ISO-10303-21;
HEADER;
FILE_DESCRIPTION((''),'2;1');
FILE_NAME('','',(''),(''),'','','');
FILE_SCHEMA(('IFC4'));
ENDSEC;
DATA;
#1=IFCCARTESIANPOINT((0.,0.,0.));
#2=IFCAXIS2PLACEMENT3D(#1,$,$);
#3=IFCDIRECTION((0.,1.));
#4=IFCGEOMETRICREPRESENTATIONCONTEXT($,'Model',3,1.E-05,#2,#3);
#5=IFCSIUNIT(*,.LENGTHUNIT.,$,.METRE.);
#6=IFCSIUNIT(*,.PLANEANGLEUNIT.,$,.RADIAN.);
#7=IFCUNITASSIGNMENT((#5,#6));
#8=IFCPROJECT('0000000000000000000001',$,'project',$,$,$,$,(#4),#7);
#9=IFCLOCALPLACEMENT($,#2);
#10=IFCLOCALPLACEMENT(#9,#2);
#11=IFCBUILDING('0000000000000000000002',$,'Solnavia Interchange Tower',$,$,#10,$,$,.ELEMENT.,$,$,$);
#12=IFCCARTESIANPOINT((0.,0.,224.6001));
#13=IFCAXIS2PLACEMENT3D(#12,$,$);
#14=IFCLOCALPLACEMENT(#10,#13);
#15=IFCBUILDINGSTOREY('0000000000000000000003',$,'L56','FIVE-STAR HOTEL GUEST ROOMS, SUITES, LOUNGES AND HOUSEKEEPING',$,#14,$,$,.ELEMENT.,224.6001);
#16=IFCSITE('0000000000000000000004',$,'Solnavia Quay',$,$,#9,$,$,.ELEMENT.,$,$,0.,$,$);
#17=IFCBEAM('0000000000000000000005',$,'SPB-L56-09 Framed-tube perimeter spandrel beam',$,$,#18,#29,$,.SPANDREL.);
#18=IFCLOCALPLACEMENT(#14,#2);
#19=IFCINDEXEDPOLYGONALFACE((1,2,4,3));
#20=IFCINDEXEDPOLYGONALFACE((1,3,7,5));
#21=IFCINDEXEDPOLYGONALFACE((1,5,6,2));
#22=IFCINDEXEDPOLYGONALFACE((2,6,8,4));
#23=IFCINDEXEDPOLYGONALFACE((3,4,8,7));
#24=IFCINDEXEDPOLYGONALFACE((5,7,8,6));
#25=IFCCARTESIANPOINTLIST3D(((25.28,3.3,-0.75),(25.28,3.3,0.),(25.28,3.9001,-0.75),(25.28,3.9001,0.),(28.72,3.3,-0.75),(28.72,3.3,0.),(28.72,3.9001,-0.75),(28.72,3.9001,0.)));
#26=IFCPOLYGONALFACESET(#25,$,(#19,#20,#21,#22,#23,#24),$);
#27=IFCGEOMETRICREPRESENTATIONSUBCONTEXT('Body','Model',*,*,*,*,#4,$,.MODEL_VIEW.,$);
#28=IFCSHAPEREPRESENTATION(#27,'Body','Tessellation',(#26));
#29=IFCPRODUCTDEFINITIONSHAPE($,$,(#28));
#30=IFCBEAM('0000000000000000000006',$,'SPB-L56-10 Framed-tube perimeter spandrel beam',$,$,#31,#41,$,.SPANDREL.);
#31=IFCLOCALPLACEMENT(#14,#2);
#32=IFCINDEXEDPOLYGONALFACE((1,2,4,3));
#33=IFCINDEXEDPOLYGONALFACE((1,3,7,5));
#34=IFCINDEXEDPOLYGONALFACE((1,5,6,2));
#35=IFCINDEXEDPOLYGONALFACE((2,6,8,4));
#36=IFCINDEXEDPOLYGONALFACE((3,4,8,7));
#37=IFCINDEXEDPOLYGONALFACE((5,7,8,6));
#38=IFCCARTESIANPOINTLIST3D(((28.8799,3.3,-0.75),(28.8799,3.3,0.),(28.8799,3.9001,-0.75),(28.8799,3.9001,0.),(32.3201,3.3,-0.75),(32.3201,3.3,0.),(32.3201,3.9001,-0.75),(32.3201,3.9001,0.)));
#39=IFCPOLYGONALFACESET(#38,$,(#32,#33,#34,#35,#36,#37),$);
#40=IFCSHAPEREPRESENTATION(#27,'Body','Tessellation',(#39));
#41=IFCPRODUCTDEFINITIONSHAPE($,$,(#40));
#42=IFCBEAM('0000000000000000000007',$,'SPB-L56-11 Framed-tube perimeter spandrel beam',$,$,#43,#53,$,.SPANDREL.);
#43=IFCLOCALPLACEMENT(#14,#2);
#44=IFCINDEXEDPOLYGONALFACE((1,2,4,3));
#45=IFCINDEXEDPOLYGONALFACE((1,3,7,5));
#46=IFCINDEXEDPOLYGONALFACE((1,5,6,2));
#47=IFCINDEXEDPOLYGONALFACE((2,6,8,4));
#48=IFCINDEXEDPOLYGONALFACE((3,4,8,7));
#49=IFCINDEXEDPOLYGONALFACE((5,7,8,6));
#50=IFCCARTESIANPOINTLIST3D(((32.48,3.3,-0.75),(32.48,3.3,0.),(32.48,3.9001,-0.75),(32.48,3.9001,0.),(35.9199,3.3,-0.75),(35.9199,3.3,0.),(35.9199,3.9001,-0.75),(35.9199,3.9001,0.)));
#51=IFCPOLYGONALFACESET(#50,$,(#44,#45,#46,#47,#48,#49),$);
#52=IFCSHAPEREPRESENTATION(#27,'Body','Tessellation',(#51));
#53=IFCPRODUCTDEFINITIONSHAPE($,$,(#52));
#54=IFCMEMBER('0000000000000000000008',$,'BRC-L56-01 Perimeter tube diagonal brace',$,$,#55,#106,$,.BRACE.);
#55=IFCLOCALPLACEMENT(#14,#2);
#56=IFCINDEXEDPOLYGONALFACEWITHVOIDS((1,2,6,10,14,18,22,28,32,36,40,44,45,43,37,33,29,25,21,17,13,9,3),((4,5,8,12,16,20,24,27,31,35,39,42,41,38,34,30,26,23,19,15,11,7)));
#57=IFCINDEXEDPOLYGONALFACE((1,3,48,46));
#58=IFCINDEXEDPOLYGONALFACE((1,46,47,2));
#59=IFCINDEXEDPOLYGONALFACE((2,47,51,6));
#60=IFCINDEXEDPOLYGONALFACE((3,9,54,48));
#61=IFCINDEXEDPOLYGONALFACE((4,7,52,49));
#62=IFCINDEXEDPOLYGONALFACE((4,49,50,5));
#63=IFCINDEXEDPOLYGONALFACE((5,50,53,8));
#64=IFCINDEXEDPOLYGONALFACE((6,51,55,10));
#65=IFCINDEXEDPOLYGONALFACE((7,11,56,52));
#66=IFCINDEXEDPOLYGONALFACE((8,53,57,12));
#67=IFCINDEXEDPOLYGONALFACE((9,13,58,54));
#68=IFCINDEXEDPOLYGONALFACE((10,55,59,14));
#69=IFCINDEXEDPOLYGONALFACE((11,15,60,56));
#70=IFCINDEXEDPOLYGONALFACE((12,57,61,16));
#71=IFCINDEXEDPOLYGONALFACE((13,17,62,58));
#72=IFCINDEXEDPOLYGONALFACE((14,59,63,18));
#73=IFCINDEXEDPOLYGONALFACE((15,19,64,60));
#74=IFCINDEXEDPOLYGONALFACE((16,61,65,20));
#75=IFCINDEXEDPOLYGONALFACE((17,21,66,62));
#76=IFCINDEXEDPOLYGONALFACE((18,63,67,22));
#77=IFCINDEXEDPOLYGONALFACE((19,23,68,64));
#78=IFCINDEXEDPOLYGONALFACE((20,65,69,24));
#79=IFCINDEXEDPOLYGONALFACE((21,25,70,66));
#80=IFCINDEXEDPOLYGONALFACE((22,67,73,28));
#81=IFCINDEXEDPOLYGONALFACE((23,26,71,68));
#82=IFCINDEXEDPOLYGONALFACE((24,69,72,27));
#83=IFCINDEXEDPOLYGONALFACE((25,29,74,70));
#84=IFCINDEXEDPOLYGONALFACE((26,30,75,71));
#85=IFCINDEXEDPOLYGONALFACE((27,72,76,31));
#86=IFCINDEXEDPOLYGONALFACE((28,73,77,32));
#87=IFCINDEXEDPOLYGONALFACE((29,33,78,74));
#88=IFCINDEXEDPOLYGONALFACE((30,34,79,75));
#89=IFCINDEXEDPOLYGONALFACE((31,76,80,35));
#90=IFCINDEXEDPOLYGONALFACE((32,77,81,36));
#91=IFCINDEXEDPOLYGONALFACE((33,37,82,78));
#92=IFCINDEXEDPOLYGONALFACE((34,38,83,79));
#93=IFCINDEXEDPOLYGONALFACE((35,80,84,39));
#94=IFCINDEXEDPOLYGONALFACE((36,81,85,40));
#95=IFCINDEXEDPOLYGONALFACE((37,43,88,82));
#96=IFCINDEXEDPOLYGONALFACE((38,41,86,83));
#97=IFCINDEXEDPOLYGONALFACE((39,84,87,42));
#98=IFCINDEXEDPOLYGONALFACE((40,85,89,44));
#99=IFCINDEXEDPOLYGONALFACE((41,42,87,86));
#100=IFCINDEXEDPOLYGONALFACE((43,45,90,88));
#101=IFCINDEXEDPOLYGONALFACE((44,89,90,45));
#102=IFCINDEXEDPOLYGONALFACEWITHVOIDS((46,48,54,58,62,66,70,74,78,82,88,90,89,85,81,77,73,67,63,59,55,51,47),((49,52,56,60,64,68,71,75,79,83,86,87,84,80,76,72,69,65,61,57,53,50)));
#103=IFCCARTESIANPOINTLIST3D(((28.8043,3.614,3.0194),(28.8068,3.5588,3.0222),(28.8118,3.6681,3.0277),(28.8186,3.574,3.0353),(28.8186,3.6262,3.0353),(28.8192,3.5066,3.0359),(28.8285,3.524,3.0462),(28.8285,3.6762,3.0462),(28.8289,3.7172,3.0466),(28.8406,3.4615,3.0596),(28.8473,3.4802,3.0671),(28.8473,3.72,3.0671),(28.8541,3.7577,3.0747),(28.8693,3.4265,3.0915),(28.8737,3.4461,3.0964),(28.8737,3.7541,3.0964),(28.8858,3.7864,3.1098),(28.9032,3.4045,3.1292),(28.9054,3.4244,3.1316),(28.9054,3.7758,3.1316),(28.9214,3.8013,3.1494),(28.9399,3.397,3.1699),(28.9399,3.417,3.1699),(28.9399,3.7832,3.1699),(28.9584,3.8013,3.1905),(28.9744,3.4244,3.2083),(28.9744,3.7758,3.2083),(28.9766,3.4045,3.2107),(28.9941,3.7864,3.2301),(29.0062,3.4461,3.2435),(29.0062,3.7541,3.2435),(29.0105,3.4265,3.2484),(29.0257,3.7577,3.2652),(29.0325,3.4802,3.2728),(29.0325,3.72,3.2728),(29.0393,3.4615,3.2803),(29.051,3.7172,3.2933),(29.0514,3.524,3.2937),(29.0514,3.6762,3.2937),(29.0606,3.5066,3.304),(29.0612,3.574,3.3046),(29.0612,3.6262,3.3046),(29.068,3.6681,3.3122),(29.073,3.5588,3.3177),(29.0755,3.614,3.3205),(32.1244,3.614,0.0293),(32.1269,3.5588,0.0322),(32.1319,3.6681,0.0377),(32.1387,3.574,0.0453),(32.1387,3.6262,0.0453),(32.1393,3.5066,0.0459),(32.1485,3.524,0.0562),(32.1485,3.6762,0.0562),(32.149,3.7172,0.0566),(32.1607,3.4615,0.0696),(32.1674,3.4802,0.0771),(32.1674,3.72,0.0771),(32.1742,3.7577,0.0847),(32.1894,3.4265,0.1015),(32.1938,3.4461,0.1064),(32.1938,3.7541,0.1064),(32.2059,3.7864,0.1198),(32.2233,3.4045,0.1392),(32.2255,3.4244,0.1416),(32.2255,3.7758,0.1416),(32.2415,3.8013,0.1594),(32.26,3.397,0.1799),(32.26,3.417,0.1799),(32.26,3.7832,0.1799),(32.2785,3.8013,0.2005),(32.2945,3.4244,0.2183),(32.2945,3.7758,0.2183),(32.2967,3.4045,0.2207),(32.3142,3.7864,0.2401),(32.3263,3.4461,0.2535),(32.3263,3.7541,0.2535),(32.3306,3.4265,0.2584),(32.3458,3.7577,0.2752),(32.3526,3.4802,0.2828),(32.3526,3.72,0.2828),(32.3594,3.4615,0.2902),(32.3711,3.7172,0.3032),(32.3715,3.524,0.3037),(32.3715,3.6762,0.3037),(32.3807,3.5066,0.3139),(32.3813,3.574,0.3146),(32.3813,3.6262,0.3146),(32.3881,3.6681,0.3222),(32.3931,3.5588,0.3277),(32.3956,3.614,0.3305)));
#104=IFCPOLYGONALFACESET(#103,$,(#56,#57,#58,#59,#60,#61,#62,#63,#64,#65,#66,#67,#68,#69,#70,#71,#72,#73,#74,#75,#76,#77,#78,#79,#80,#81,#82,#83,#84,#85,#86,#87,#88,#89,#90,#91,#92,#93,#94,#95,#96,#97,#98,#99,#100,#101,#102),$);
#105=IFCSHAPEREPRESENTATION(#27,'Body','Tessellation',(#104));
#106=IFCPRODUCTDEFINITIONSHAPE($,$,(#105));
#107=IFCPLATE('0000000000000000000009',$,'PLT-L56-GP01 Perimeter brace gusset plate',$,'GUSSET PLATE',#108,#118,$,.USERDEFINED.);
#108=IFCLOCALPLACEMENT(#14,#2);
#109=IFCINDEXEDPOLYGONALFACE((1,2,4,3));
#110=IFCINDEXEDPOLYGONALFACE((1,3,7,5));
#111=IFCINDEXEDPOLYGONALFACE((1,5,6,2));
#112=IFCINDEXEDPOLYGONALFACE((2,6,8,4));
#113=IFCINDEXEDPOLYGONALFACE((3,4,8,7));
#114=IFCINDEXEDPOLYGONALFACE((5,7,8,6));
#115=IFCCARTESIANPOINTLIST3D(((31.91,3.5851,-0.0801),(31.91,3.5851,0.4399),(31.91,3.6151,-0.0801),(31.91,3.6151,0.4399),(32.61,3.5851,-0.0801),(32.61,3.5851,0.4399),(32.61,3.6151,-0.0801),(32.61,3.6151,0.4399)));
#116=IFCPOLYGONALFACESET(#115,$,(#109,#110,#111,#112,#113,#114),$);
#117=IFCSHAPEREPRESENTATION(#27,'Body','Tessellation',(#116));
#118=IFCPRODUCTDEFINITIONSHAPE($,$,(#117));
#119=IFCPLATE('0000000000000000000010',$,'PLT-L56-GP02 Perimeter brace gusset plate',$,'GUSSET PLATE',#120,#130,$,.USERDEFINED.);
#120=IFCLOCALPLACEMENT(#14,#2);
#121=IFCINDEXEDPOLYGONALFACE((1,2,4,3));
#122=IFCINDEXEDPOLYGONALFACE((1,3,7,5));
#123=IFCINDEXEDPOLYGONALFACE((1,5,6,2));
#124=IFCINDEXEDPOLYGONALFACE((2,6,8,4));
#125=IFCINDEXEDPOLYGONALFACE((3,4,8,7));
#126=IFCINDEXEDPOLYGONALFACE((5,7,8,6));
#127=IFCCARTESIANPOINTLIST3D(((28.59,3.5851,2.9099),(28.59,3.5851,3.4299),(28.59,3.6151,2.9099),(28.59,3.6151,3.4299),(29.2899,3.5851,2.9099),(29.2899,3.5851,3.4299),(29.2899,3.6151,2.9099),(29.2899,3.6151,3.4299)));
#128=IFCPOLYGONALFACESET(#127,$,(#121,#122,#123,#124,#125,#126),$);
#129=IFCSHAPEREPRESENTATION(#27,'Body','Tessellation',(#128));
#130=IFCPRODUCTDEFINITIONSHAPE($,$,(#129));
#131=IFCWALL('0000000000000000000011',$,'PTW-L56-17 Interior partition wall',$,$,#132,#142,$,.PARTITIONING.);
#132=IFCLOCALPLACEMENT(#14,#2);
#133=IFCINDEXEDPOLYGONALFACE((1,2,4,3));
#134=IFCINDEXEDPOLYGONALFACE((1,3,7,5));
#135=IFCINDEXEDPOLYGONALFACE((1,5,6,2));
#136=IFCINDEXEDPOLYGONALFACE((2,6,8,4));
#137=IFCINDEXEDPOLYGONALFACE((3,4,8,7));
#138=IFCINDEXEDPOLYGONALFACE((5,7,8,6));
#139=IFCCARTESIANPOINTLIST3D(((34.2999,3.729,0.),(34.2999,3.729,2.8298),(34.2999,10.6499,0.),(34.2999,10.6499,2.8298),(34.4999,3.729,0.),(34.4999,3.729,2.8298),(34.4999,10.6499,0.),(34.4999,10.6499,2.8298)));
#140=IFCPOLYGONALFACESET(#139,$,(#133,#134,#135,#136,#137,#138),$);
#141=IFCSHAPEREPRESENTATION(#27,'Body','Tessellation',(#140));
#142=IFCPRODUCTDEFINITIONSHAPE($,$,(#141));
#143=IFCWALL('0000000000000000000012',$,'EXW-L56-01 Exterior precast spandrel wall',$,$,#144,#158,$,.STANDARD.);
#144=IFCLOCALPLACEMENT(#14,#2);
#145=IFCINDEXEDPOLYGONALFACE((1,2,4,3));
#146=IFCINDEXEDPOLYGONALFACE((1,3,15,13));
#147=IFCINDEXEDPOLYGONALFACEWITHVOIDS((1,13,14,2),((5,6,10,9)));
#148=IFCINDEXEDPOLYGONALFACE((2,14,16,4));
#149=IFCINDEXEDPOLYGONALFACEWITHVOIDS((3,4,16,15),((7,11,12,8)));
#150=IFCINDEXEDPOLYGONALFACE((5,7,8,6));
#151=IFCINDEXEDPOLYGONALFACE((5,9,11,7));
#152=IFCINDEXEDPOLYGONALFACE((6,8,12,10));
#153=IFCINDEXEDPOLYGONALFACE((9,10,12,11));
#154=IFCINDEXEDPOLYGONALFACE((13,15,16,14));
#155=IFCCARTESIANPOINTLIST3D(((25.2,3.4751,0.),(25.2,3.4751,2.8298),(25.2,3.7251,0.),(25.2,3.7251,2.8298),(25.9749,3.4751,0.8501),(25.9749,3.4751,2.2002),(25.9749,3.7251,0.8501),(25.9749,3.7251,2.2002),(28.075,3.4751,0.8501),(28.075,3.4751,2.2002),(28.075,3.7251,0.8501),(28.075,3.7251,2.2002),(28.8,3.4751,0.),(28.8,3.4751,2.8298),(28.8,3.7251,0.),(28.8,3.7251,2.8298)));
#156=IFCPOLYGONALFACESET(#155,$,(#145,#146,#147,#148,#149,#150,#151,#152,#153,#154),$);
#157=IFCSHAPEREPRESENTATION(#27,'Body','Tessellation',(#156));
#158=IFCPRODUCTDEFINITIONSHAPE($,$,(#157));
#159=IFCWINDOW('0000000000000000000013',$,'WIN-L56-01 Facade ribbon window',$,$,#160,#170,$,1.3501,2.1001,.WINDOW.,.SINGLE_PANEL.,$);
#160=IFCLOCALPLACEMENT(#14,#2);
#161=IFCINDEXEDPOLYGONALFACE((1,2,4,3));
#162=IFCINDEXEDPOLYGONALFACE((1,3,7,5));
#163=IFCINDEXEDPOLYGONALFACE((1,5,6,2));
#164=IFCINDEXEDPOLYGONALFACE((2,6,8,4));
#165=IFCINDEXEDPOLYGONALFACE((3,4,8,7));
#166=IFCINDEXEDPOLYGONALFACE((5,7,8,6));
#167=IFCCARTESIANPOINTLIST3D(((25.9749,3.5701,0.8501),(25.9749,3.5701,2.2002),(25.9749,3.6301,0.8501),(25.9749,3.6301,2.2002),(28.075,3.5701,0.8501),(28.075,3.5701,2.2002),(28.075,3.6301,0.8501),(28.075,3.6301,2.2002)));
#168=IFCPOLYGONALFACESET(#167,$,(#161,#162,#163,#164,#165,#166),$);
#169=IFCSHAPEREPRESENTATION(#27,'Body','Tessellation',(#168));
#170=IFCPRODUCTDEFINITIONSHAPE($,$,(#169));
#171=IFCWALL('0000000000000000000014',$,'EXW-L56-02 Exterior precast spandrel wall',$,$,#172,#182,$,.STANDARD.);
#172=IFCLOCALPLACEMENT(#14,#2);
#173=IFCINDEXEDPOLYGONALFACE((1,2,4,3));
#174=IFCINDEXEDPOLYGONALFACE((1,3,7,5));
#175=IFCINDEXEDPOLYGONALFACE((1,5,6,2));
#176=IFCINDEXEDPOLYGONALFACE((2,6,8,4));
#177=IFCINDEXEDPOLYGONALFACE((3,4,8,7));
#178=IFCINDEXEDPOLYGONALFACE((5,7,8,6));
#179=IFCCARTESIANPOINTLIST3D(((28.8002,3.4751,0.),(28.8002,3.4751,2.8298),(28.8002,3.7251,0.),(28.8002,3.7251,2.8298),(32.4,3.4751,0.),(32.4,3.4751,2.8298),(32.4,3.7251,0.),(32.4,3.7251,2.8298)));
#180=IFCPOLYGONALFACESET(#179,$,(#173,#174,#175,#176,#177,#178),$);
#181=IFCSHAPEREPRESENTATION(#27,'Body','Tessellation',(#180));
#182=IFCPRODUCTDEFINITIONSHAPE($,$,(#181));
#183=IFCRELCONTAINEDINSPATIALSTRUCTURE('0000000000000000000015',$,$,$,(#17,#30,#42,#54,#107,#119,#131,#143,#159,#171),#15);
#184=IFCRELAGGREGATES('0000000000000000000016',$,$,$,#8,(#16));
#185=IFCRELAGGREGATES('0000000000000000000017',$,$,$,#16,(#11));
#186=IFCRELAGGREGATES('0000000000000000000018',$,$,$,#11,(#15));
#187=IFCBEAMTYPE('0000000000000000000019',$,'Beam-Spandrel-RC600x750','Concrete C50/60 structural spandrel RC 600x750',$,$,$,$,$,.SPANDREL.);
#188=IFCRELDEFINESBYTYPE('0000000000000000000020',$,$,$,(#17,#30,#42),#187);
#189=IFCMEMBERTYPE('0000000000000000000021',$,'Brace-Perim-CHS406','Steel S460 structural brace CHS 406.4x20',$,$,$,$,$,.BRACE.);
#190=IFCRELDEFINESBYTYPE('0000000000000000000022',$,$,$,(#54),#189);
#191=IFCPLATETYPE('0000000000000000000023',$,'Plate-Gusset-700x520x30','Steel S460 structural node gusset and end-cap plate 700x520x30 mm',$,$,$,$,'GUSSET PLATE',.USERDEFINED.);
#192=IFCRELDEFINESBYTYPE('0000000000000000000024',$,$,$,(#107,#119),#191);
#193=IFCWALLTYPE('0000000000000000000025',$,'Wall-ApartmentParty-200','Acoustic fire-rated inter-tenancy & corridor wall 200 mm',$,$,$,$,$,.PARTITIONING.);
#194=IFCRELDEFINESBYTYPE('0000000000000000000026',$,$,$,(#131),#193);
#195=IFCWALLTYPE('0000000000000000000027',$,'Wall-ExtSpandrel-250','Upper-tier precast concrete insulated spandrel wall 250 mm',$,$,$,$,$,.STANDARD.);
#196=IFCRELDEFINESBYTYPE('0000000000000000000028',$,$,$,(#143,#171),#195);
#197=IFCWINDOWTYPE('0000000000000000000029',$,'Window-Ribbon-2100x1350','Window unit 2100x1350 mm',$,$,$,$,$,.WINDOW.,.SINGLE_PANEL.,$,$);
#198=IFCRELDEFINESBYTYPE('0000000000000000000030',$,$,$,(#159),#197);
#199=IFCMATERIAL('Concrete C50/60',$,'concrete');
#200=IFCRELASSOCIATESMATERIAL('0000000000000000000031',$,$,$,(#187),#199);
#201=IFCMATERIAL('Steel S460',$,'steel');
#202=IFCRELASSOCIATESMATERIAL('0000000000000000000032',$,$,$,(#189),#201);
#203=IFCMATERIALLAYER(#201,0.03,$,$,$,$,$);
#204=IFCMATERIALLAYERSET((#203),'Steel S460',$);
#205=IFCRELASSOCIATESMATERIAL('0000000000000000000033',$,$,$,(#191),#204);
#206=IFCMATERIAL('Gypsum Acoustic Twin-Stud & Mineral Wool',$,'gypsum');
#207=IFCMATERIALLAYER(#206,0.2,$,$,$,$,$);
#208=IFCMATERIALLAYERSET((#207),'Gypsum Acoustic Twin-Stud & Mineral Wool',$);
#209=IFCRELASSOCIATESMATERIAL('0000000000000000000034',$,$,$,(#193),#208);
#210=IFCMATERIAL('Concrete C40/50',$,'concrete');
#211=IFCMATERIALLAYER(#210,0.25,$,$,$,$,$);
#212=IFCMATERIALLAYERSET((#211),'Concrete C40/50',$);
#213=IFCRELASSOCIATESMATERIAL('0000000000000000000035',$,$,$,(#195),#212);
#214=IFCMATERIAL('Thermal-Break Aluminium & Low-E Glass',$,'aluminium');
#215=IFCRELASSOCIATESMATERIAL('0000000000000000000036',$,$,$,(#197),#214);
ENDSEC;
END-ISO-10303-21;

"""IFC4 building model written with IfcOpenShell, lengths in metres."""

from ifc_helpers import new_model, si_unit, direction, frame, frame_2d, origin, origin_2d, place, context, subcontext, project, spatial, rectangle, hollow_circle, extrude, material, layer, layer_set, material_profile, profile_set, type_object, element, fill, save


model = new_model("IFC4")

# Units and contexts
model_context = context("Model", 3, precision=1e-05, world=origin(), true_north=direction((0.0, 1.0)))
body_context = subcontext(model_context, "Body", "Model", "MODEL_VIEW")
ifc_project = project(units=[si_unit("LENGTHUNIT", "METRE"), si_unit("PLANEANGLEUNIT", "RADIAN")], contexts=[model_context])

# Site, building, storey
site_placement = place(None, origin())
site = spatial("IfcSite", under=ifc_project, at=site_placement, Name="Solnavia Quay", CompositionType="ELEMENT", RefElevation=0.0)
building_placement = place(site_placement, origin())
building = spatial("IfcBuilding", under=site, at=building_placement, Name="Solnavia Interchange Tower", CompositionType="ELEMENT")
storey_placement = place(building_placement, frame((0.0, 0.0, 224.6001)))
storey = spatial("IfcBuildingStorey", under=building, at=storey_placement, Name="L56", Description="FIVE-STAR HOTEL GUEST ROOMS, SUITES, LOUNGES AND HOUSEKEEPING", CompositionType="ELEMENT", Elevation=224.6001)

# Shared definitions
ifc_material_1 = material(Name="Concrete C50/60", Category="concrete")

# Beams
ifc_material_profile_1 = material_profile(ifc_material_1, rectangle(XDim=0.6001, YDim=0.75, at=origin_2d()), Name="RC 600x750")
ifc_profile_set_1 = profile_set([ifc_material_profile_1], Name="Concrete C50/60")
beam_type_1 = type_object("IfcBeamType", Name="Beam-Spandrel-RC600x750", Description="Concrete C50/60 structural spandrel RC 600x750", PredefinedType="SPANDREL", material=ifc_profile_set_1)
beam_1_placement = place(storey_placement, frame((25.28, 3.6001, -0.375), z_axis=(1.0, 0.0, 0.0), x_axis=(0.0, 1.0, 0.0)))
element("IfcBeam", 1, at=beam_1_placement, inside=storey, type_object=beam_type_1, Name="SPB-L56-09 Framed-tube perimeter spandrel beam", PredefinedType="SPANDREL", context=body_context, shape_type="SweptSolid", body=[
    extrude(rectangle(XDim=0.6001, YDim=0.75, at=origin_2d()), origin(), (0.0, 0.0, 1.0), 3.4399),
])
beam_2_placement = place(storey_placement, frame((28.8799, 3.6001, -0.375), z_axis=(1.0, 0.0, 0.0), x_axis=(0.0, 1.0, 0.0)))
element("IfcBeam", 2, at=beam_2_placement, inside=storey, type_object=beam_type_1, Name="SPB-L56-10 Framed-tube perimeter spandrel beam", PredefinedType="SPANDREL", context=body_context, shape_type="SweptSolid", body=[
    extrude(rectangle(XDim=0.6001, YDim=0.75, at=origin_2d()), origin(), (0.0, 0.0, 1.0), 3.4402),
])
beam_3_placement = place(storey_placement, frame((32.48, 3.6001, -0.375), z_axis=(1.0, 0.0, 0.0), x_axis=(0.0, 1.0, 0.0)))
element("IfcBeam", 3, at=beam_3_placement, inside=storey, type_object=beam_type_1, Name="SPB-L56-11 Framed-tube perimeter spandrel beam", PredefinedType="SPANDREL", context=body_context, shape_type="SweptSolid", body=[
    extrude(rectangle(XDim=0.6001, YDim=0.75, at=origin_2d()), origin(), (0.0, 0.0, 1.0), 3.4399),
])

# Member
ifc_material_2 = material(Name="Steel S460", Category="steel")
ifc_material_profile_2 = material_profile(ifc_material_2, hollow_circle(Radius=0.2031, WallThickness=0.02, at=origin_2d()), Name="CHS 406.4x20")
ifc_profile_set_2 = profile_set([ifc_material_profile_2], Name="Steel S460")
member_type = type_object("IfcMemberType", Name="Brace-Perim-CHS406", Description="Steel S460 structural brace CHS 406.4x20", PredefinedType="BRACE", material=ifc_profile_set_2)
member_placement = place(storey_placement, frame((32.26, 3.6001, 0.1799), z_axis=(-0.743079, 0.0, 0.669203), x_axis=(0.0, -1.0, 0.0)))
element("IfcMember", 4, at=member_placement, inside=storey, type_object=member_type, Name="BRC-L56-01 Perimeter tube diagonal brace", PredefinedType="BRACE", context=body_context, shape_type="SweptSolid", body=[
    extrude(hollow_circle(Radius=0.2031, WallThickness=0.02, at=origin_2d()), origin(), (0.0, 0.0, 1.0), 4.468),
])

# Plates
ifc_layer_1 = layer(ifc_material_2, 0.03)
ifc_layer_set_1 = layer_set([ifc_layer_1], Name="Steel S460")
plate_type = type_object("IfcPlateType", Name="Plate-Gusset-700x520x30", Description="Steel S460 structural node gusset and end-cap plate 700x520x30 mm", ElementType="GUSSET PLATE", PredefinedType="USERDEFINED", material=ifc_layer_set_1)
for number, where, z_axis, x_axis, name in (
    (5, (32.26, 3.6001, -0.0801), (0.0, 0.0, 1.0), (-1.0, 0.0, 0.0), "PLT-L56-GP01 Perimeter brace gusset plate"),
    (6, (28.9399, 3.6001, 2.9099), (0.0, 0.0, 1.0), (-1.0, 0.0, 0.0), "PLT-L56-GP02 Perimeter brace gusset plate"),
):
    element("IfcPlate", number, at=place(storey_placement, frame(where, z_axis=z_axis, x_axis=x_axis)), inside=storey, type_object=plate_type, Name=name, ObjectType="GUSSET PLATE", PredefinedType="USERDEFINED", context=body_context, shape_type="SweptSolid", body=[
        extrude(rectangle(XDim=0.7, YDim=0.03, at=origin_2d()), origin(), (0.0, 0.0, 1.0), 0.52),
    ])

# Wall
ifc_material_3 = material(Name="Gypsum Acoustic Twin-Stud & Mineral Wool", Category="gypsum")
ifc_layer_2 = layer(ifc_material_3, 0.2)
ifc_layer_set_2 = layer_set([ifc_layer_2], Name="Gypsum Acoustic Twin-Stud & Mineral Wool")
wall_type_1 = type_object("IfcWallType", Name="Wall-ApartmentParty-200", Description="Acoustic fire-rated inter-tenancy & corridor wall 200 mm", PredefinedType="PARTITIONING", material=ifc_layer_set_2)
wall_1_placement = place(storey_placement, frame((34.3999, 3.729, 0.0), z_axis=(0.0, 0.0, 1.0), x_axis=(0.0, 1.0, 0.0)))
element("IfcWall", 7, at=wall_1_placement, inside=storey, type_object=wall_type_1, Name="PTW-L56-17 Interior partition wall", PredefinedType="PARTITIONING", context=body_context, shape_type="SweptSolid", body=[
    extrude(rectangle(XDim=6.9209, YDim=0.2, at=frame_2d((3.4604, 0.0))), origin(), (0.0, 0.0, 1.0), 2.8298),
])

# Wall, opening, window
ifc_material_4 = material(Name="Concrete C40/50", Category="concrete")
ifc_layer_3 = layer(ifc_material_4, 0.25)
ifc_layer_set_3 = layer_set([ifc_layer_3], Name="Concrete C40/50")
wall_type_2 = type_object("IfcWallType", Name="Wall-ExtSpandrel-250", Description="Upper-tier precast concrete insulated spandrel wall 250 mm", PredefinedType="STANDARD", material=ifc_layer_set_3)
wall_2_placement = place(storey_placement, frame((28.8, 3.6001, 0.0), z_axis=(0.0, 0.0, 1.0), x_axis=(-1.0, 0.0, 0.0)))
wall_2 = element("IfcWall", 8, at=wall_2_placement, inside=storey, type_object=wall_type_2, Name="EXW-L56-01 Exterior precast spandrel wall", PredefinedType="STANDARD", context=body_context, shape_type="SweptSolid", body=[
    extrude(rectangle(XDim=3.6001, YDim=0.25, at=frame_2d((1.8, 0.0))), origin(), (0.0, 0.0, 1.0), 2.8298),
])
opening_1_placement = place(wall_2_placement, frame((0.7251, 0.0, 0.8501)))
opening_1 = element("IfcOpeningElement", 9, at=opening_1_placement, cuts=wall_2, PredefinedType="OPENING", context=body_context, shape_type="SweptSolid", body=[
    extrude(rectangle(XDim=2.1001, YDim=1.3501, at=frame_2d((1.05, 0.675))), frame((0.0, 0.135, 0.0), z_axis=(0.0, -1.0, 0.0), x_axis=(1.0, 0.0, 0.0)), (0.0, 0.0, 1.0), 0.27),
])
ifc_material_5 = material(Name="Thermal-Break Aluminium & Low-E Glass", Category="aluminium")
window_type_1 = type_object("IfcWindowType", Name="Window-Ribbon-2100x1350", Description="Window unit 2100x1350 mm", PartitioningType="SINGLE_PANEL", PredefinedType="WINDOW", material=ifc_material_5)
window_1_placement = place(opening_1_placement, origin())
window_1 = element("IfcWindow", 10, at=window_1_placement, inside=storey, type_object=window_type_1, Name="WIN-L56-01 Facade ribbon window", OverallHeight=1.3501, OverallWidth=2.1001, PartitioningType="SINGLE_PANEL", PredefinedType="WINDOW", context=body_context, shape_type="SweptSolid", body=[
    extrude(rectangle(XDim=2.1001, YDim=1.3501, at=frame_2d((1.05, 0.675))), frame((0.0, 0.03, 0.0), z_axis=(0.0, -1.0, 0.0), x_axis=(1.0, 0.0, 0.0)), (0.0, 0.0, 1.0), 0.0601),
])
fill(opening_1, window_1)

# Wall
wall_3_placement = place(storey_placement, frame((32.3999, 3.6001, 0.0), z_axis=(0.0, 0.0, 1.0), x_axis=(-1.0, 0.0, 0.0)))
element("IfcWall", 11, at=wall_3_placement, inside=storey, type_object=wall_type_2, Name="EXW-L56-02 Exterior precast spandrel wall", PredefinedType="STANDARD", context=body_context, shape_type="SweptSolid", body=[
    extrude(rectangle(XDim=3.5999, YDim=0.25, at=frame_2d((1.7998, 0.0))), origin(), (0.0, 0.0, 1.0), 2.8298),
])

save(model, "model.ifc")
